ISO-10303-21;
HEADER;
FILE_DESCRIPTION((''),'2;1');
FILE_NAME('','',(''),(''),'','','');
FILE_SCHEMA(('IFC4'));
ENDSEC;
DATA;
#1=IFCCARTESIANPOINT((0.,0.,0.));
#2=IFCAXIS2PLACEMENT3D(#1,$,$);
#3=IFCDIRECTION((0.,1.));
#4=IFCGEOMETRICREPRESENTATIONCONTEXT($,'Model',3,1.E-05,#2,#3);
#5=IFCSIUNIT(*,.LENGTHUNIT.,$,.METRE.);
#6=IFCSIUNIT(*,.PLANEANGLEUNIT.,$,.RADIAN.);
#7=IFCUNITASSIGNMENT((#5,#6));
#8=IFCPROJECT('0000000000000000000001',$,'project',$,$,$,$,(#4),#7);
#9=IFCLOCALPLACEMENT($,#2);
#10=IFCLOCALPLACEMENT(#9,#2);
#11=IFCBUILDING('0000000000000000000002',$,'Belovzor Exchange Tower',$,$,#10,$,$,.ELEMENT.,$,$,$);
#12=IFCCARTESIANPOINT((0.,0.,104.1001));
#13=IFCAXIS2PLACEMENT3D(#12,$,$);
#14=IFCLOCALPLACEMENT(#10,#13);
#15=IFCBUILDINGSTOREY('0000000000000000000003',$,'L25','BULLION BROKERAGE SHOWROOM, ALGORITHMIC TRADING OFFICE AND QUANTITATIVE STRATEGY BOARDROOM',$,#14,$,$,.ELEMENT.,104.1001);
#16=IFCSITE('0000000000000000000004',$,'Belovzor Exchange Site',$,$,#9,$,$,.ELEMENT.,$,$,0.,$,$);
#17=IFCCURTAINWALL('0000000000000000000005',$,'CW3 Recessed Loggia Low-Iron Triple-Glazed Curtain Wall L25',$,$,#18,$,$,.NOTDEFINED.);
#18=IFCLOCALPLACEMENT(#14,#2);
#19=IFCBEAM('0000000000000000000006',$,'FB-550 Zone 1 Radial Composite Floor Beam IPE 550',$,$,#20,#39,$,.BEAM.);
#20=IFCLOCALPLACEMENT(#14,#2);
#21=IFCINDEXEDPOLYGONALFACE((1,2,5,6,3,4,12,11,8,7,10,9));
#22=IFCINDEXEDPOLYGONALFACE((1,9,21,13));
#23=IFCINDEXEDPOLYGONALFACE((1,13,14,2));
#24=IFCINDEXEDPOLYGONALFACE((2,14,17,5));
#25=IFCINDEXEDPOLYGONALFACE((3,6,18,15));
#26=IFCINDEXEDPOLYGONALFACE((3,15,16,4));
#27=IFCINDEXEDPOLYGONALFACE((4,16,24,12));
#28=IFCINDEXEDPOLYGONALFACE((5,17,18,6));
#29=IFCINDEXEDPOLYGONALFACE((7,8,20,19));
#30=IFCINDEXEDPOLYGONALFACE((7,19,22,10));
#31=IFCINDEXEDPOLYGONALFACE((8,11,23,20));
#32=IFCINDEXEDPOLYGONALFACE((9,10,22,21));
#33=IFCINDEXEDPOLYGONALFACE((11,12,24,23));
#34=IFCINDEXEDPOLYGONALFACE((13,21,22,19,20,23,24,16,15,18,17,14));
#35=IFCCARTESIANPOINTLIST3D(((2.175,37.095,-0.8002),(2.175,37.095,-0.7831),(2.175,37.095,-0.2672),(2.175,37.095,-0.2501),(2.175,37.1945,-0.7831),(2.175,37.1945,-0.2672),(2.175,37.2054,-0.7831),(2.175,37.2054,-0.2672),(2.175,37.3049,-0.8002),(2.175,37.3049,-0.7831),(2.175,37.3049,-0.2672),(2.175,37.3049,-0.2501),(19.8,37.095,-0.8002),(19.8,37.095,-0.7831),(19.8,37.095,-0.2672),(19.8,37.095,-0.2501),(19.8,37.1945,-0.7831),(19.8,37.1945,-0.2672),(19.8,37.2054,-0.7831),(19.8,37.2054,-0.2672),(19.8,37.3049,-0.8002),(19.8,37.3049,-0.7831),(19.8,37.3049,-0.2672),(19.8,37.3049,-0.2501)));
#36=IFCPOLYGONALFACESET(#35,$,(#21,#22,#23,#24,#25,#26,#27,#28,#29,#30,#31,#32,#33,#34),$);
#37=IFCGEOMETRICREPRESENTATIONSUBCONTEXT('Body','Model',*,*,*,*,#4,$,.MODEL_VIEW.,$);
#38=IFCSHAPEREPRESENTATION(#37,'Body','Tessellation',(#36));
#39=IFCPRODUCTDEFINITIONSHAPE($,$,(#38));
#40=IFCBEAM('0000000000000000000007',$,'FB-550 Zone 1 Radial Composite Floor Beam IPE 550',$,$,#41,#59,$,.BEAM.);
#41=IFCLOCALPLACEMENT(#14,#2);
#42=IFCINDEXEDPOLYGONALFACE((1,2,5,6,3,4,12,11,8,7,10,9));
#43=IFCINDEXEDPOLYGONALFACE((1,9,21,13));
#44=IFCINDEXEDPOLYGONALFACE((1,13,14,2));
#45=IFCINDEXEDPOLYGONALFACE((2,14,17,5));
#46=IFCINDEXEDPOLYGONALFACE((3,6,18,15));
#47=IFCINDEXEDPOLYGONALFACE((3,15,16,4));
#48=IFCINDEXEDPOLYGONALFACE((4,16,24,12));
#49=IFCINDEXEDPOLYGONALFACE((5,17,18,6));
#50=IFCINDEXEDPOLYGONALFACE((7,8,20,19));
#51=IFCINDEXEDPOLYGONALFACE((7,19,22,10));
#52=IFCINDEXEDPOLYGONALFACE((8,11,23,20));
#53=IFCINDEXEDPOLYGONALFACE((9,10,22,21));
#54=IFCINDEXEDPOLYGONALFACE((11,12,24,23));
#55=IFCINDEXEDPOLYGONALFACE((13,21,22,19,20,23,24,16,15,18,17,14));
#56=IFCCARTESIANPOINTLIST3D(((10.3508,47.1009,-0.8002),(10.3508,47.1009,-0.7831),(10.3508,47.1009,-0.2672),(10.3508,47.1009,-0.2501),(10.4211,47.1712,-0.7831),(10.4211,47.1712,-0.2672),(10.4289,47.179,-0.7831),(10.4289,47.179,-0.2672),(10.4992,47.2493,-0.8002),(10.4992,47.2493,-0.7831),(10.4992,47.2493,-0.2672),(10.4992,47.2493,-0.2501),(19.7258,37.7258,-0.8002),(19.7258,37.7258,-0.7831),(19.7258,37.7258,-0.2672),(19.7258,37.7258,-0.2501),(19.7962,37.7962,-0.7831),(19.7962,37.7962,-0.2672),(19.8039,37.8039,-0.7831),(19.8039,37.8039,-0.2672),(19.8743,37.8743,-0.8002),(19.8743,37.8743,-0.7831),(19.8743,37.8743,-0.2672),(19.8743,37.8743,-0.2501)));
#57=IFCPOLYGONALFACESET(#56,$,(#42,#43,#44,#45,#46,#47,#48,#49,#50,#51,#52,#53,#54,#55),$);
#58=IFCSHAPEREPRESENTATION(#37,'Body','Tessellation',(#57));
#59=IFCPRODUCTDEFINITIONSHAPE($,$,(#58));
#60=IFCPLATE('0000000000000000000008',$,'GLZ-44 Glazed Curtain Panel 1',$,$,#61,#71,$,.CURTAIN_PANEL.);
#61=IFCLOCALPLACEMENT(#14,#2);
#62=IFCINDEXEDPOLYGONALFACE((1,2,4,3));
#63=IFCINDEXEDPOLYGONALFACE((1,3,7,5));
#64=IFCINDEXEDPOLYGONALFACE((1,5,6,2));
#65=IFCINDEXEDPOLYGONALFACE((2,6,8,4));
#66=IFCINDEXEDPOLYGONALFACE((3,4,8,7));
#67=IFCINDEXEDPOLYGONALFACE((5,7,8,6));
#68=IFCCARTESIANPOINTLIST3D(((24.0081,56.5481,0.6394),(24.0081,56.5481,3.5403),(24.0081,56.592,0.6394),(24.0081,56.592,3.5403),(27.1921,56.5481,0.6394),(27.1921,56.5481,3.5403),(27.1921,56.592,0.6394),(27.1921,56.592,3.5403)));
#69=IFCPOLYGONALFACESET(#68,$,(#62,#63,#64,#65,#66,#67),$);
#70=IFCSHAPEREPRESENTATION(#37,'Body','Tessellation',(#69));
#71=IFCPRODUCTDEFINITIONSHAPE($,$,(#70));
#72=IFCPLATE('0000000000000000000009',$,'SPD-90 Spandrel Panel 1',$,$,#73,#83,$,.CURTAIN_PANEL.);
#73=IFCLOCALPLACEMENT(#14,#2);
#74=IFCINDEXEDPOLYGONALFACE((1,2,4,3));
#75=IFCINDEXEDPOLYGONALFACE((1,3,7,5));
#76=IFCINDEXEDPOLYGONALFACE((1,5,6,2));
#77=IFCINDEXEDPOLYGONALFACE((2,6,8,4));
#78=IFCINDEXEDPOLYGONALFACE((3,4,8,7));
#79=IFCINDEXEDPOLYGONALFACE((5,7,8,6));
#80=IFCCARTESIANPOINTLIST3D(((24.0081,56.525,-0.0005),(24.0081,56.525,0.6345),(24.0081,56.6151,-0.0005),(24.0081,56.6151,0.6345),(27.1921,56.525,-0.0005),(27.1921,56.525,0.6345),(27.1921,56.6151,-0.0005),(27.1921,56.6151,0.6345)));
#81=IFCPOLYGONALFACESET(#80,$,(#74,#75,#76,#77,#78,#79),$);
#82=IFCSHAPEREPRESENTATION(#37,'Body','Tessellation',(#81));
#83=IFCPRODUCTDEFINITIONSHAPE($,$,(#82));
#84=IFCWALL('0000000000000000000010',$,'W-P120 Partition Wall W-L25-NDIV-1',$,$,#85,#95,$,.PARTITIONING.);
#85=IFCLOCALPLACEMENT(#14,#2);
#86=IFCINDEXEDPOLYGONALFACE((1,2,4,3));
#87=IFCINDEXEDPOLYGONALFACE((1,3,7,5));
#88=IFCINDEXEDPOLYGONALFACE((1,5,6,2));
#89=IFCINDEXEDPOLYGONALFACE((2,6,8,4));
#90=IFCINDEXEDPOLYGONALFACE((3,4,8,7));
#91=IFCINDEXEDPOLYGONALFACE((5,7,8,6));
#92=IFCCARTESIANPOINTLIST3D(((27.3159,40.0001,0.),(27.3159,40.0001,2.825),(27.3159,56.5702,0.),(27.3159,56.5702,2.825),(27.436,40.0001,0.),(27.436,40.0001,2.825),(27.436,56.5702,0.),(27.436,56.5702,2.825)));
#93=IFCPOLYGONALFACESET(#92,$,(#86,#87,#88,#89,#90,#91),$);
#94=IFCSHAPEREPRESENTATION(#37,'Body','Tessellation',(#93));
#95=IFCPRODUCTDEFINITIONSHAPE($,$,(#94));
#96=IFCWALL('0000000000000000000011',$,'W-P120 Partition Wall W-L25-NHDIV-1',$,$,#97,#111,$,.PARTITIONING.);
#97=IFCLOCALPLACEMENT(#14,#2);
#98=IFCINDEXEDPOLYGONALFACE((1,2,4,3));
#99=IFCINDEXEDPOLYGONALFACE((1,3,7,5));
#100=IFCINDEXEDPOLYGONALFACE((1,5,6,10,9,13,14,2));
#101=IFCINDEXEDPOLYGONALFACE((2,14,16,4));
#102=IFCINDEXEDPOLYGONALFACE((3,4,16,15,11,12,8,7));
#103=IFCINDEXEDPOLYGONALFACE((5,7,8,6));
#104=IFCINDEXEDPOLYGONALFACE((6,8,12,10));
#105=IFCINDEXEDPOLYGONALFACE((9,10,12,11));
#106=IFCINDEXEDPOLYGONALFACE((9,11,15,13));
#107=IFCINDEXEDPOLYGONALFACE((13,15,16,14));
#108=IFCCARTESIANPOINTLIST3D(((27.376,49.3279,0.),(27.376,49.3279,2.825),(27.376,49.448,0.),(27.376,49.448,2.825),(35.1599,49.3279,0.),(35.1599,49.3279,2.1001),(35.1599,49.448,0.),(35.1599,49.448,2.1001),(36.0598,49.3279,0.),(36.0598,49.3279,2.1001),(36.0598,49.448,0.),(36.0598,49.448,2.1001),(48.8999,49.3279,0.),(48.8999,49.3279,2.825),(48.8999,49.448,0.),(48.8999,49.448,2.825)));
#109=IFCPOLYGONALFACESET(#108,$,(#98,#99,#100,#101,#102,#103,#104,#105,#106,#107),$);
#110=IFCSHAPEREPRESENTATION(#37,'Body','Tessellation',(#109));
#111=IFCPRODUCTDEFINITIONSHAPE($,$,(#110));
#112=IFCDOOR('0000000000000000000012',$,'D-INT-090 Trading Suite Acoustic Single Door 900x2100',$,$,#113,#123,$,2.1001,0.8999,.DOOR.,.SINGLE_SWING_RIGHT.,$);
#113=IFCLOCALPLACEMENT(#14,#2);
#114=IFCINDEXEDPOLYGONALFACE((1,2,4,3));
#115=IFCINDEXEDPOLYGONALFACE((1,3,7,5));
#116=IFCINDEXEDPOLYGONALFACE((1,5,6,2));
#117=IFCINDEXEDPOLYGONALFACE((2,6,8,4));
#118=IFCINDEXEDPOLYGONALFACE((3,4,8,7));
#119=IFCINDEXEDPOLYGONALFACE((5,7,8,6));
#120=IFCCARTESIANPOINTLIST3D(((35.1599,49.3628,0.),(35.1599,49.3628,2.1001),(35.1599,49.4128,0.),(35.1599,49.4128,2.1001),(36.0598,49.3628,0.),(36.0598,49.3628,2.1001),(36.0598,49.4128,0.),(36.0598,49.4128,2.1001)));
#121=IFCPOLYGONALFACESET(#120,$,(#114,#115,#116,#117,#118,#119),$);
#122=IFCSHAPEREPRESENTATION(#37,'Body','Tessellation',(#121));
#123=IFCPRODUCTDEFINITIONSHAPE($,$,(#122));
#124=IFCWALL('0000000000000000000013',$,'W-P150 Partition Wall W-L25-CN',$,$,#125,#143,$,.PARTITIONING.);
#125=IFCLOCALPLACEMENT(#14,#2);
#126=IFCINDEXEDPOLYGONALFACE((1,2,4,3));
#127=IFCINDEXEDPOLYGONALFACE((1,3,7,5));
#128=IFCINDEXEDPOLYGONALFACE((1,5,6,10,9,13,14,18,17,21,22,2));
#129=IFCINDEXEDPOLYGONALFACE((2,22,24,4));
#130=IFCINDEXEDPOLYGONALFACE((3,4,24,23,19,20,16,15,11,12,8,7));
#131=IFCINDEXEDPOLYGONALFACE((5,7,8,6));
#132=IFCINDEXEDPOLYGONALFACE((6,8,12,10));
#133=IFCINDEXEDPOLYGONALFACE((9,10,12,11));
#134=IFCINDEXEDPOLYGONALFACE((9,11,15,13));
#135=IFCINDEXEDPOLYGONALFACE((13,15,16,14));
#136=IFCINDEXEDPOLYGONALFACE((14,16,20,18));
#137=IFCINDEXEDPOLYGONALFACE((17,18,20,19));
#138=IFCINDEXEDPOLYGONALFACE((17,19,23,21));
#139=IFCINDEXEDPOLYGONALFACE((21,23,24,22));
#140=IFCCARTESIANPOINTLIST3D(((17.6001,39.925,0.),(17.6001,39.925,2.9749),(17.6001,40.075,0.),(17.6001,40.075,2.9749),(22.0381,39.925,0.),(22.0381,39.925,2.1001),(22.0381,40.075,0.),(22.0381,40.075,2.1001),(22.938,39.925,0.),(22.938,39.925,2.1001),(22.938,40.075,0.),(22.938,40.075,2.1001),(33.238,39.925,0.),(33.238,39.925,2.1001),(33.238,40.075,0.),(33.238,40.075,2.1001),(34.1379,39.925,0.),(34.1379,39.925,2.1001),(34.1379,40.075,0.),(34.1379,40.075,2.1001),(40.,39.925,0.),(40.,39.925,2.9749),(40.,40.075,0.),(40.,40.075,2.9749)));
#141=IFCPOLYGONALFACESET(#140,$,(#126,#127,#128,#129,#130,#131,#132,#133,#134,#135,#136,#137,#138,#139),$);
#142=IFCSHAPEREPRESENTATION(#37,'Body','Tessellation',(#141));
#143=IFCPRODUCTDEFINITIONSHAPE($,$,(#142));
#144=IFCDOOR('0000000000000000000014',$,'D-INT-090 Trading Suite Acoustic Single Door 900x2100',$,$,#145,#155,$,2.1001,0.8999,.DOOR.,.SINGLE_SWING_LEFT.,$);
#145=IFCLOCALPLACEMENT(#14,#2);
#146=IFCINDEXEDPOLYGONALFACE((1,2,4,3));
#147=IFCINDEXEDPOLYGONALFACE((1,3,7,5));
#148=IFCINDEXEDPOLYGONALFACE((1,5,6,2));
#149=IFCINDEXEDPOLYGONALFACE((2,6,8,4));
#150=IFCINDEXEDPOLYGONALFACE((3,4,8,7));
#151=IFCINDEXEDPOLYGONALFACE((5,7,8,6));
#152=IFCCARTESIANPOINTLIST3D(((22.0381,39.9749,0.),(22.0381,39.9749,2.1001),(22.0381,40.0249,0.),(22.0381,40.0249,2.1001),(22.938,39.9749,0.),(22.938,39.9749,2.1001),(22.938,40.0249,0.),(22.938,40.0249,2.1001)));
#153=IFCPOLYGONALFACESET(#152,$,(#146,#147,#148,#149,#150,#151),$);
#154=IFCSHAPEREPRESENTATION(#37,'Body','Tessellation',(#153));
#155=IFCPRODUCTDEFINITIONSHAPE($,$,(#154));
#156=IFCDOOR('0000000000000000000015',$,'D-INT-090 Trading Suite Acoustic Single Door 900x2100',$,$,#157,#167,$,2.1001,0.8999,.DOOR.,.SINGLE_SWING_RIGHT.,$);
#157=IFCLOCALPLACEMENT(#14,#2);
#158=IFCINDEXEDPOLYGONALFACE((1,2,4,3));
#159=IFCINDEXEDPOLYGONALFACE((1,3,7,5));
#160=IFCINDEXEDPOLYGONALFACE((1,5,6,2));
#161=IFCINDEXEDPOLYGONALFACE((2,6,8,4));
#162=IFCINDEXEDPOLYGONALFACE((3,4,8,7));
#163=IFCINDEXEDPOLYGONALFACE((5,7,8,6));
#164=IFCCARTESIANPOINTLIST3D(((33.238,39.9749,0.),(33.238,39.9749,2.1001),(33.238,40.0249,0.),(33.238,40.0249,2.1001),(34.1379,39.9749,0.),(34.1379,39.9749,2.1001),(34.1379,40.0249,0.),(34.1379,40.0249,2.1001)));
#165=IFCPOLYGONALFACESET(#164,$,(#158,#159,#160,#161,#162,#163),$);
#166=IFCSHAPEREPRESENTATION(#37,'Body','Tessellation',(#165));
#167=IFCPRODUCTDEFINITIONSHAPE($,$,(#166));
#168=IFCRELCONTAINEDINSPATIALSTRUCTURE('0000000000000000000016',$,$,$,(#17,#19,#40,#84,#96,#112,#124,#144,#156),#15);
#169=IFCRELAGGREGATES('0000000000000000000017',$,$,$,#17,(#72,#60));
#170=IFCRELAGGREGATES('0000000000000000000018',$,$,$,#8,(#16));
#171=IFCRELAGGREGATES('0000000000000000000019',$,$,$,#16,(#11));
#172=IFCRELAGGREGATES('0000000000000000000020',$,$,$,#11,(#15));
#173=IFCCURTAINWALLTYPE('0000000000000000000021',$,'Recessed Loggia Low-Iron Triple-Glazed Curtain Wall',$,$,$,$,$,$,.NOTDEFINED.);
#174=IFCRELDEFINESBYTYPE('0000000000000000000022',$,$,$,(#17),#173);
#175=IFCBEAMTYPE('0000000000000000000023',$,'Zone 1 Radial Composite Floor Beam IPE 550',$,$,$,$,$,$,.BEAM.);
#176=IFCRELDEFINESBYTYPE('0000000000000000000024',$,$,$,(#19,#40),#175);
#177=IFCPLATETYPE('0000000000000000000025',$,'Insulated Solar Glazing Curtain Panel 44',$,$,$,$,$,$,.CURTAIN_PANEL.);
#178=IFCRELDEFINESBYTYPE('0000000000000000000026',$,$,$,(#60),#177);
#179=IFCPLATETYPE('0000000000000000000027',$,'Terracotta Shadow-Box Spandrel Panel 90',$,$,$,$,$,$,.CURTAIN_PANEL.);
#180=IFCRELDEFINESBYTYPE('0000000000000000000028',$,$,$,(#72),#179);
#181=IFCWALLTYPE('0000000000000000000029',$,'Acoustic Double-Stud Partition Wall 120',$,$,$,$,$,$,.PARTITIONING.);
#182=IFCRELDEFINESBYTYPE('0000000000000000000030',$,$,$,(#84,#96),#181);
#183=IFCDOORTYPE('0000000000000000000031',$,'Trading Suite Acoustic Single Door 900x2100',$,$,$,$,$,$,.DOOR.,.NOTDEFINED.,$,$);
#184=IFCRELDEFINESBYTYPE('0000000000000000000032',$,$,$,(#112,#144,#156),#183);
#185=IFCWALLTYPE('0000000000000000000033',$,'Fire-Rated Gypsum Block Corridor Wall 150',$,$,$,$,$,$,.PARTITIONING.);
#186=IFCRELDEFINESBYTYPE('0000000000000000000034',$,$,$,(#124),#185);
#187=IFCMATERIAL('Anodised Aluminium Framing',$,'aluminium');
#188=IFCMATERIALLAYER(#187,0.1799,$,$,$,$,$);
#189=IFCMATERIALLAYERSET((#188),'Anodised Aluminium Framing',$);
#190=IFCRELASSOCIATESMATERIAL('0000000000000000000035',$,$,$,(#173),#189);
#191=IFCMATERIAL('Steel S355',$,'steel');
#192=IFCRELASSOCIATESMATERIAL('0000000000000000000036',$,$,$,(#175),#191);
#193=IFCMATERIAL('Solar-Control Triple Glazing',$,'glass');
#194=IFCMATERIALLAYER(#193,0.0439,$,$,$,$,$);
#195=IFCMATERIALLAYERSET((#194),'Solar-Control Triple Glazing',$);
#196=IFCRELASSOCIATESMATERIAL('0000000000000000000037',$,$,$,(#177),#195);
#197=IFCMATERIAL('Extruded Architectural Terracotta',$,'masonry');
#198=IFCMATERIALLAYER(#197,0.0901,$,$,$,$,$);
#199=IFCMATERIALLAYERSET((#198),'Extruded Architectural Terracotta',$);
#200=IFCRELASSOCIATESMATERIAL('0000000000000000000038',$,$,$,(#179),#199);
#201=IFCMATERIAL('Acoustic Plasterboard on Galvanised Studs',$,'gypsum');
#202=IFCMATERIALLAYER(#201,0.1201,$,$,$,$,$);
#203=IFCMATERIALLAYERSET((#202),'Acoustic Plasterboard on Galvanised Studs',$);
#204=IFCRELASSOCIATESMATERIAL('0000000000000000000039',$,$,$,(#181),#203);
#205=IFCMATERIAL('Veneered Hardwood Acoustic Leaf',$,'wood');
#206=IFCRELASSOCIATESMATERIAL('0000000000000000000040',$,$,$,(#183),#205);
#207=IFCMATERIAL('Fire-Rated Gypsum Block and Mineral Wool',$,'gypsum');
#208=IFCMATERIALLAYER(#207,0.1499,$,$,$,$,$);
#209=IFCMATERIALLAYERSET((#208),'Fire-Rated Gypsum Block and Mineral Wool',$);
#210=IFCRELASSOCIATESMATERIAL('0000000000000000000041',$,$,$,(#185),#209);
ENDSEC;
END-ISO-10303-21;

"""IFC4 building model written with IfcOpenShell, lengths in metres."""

from ifc_helpers import new_model, si_unit, direction, frame, frame_2d, origin, origin_2d, place, context, subcontext, project, spatial, rectangle, i_section, extrude, material, layer, layer_set, material_profile, profile_set, type_object, element, fill, aggregate, save


model = new_model("IFC4")

# Units and contexts
model_context = context("Model", 3, precision=1e-05, world=origin(), true_north=direction((0.0, 1.0)))
body_context = subcontext(model_context, "Body", "Model", "MODEL_VIEW")
ifc_project = project(units=[si_unit("LENGTHUNIT", "METRE"), si_unit("PLANEANGLEUNIT", "RADIAN")], contexts=[model_context])

# Site, building, storey
site_placement = place(None, origin())
site = spatial("IfcSite", under=ifc_project, at=site_placement, Name="Belovzor Exchange Site", CompositionType="ELEMENT", RefElevation=0.0)
building_placement = place(site_placement, origin())
building = spatial("IfcBuilding", under=site, at=building_placement, Name="Belovzor Exchange Tower", CompositionType="ELEMENT")
storey_placement = place(building_placement, frame((0.0, 0.0, 104.1001)))
storey = spatial("IfcBuildingStorey", under=building, at=storey_placement, Name="L25", Description="BULLION BROKERAGE SHOWROOM, ALGORITHMIC TRADING OFFICE AND QUANTITATIVE STRATEGY BOARDROOM", CompositionType="ELEMENT", Elevation=104.1001)

# Curtain wall
ifc_material_1 = material(Name="Anodised Aluminium Framing", Category="aluminium")
ifc_layer_1 = layer(ifc_material_1, 0.1799)
ifc_layer_set_1 = layer_set([ifc_layer_1], Name="Anodised Aluminium Framing")
curtain_wall_type = type_object("IfcCurtainWallType", Name="Recessed Loggia Low-Iron Triple-Glazed Curtain Wall", PredefinedType="NOTDEFINED", material=ifc_layer_set_1)
curtain_wall_placement = place(storey_placement, origin())
curtain_wall = element("IfcCurtainWall", 1, at=curtain_wall_placement, inside=storey, type_object=curtain_wall_type, Name="CW3 Recessed Loggia Low-Iron Triple-Glazed Curtain Wall L25", PredefinedType="NOTDEFINED")

# Beams
ifc_material_2 = material(Name="Steel S355", Category="steel")
ifc_material_profile_1 = material_profile(ifc_material_2, i_section(OverallWidth=0.21, OverallDepth=0.55, WebThickness=0.011, FlangeThickness=0.0171, at=origin_2d()))
ifc_profile_set_1 = profile_set([ifc_material_profile_1], Name="Steel S355")
beam_type_1 = type_object("IfcBeamType", Name="Zone 1 Radial Composite Floor Beam IPE 550", PredefinedType="BEAM", material=ifc_profile_set_1)
for number, where, z_axis, x_axis, name in (
    (2, (19.8, 37.2, -0.5251), (-1.0, 0.0, 0.0), (0.0, -1.0, 0.0), "FB-550 Zone 1 Radial Composite Floor Beam IPE 550"),
):
    element("IfcBeam", number, at=place(storey_placement, frame(where, z_axis=z_axis, x_axis=x_axis)), inside=storey, type_object=beam_type_1, Name=name, PredefinedType="BEAM", context=body_context, shape_type="SweptSolid", body=[
        extrude(i_section(OverallWidth=0.21, OverallDepth=0.55, WebThickness=0.011, FlangeThickness=0.0171, at=origin_2d()), origin(), (0.0, 0.0, 1.0), 17.625),
    ])
beam_1_placement = place(storey_placement, frame((19.8, 37.8, -0.5251), z_axis=(-0.707107, 0.707107, 0.0), x_axis=(-0.707107, -0.707107, 0.0)))
element("IfcBeam", 3, at=beam_1_placement, inside=storey, type_object=beam_type_1, Name="FB-550 Zone 1 Radial Composite Floor Beam IPE 550", PredefinedType="BEAM", context=body_context, shape_type="SweptSolid", body=[
    extrude(i_section(OverallWidth=0.21, OverallDepth=0.55, WebThickness=0.011, FlangeThickness=0.0171, at=origin_2d()), origin(), (0.0, 0.0, 1.0), 13.2583),
])

# Plates
ifc_material_3 = material(Name="Solar-Control Triple Glazing", Category="glass")
ifc_layer_2 = layer(ifc_material_3, 0.0439)
ifc_layer_set_2 = layer_set([ifc_layer_2], Name="Solar-Control Triple Glazing")
plate_type_1 = type_object("IfcPlateType", Name="Insulated Solar Glazing Curtain Panel 44", PredefinedType="CURTAIN_PANEL", material=ifc_layer_set_2)
plate_1_placement = place(storey_placement, frame((25.6001, 56.5701, 0.6394), z_axis=(0.0, 0.0, 1.0), x_axis=(1.0, 0.0, 0.0)))
plate_1 = element("IfcPlate", 4, at=plate_1_placement, type_object=plate_type_1, Name="GLZ-44 Glazed Curtain Panel 1", PredefinedType="CURTAIN_PANEL", context=body_context, shape_type="SweptSolid", body=[
    extrude(rectangle(XDim=3.1841, YDim=0.0439, at=origin_2d()), origin(), (0.0, 0.0, 1.0), 2.9009),
])
ifc_material_4 = material(Name="Extruded Architectural Terracotta", Category="masonry")
ifc_layer_3 = layer(ifc_material_4, 0.0901)
ifc_layer_set_3 = layer_set([ifc_layer_3], Name="Extruded Architectural Terracotta")
plate_type_2 = type_object("IfcPlateType", Name="Terracotta Shadow-Box Spandrel Panel 90", PredefinedType="CURTAIN_PANEL", material=ifc_layer_set_3)
plate_2_placement = place(storey_placement, frame((25.6001, 56.5701, -0.0005), z_axis=(0.0, 0.0, 1.0), x_axis=(1.0, 0.0, 0.0)))
plate_2 = element("IfcPlate", 5, at=plate_2_placement, type_object=plate_type_2, Name="SPD-90 Spandrel Panel 1", PredefinedType="CURTAIN_PANEL", context=body_context, shape_type="SweptSolid", body=[
    extrude(rectangle(XDim=3.1841, YDim=0.0901, at=origin_2d()), origin(), (0.0, 0.0, 1.0), 0.635),
])
aggregate(curtain_wall, [plate_2, plate_1])

# Wall
ifc_material_5 = material(Name="Acoustic Plasterboard on Galvanised Studs", Category="gypsum")
ifc_layer_4 = layer(ifc_material_5, 0.1201)
ifc_layer_set_4 = layer_set([ifc_layer_4], Name="Acoustic Plasterboard on Galvanised Studs")
wall_type_1 = type_object("IfcWallType", Name="Acoustic Double-Stud Partition Wall 120", PredefinedType="PARTITIONING", material=ifc_layer_set_4)
wall_1_placement = place(storey_placement, frame((27.376, 40.0, 0.0), z_axis=(0.0, 0.0, 1.0), x_axis=(0.0, 1.0, 0.0)))
element("IfcWall", 6, at=wall_1_placement, inside=storey, type_object=wall_type_1, Name="W-P120 Partition Wall W-L25-NDIV-1", PredefinedType="PARTITIONING", context=body_context, shape_type="SweptSolid", body=[
    extrude(rectangle(XDim=16.5701, YDim=0.1201, at=frame_2d((8.2852, 0.0))), origin(), (0.0, 0.0, 1.0), 2.825),
])

# Wall, opening, door
wall_2_placement = place(storey_placement, frame((27.376, 49.3879, 0.0), z_axis=(0.0, 0.0, 1.0), x_axis=(1.0, 0.0, 0.0)))
wall_2 = element("IfcWall", 7, at=wall_2_placement, inside=storey, type_object=wall_type_1, Name="W-P120 Partition Wall W-L25-NHDIV-1", PredefinedType="PARTITIONING", context=body_context, shape_type="SweptSolid", body=[
    extrude(rectangle(XDim=21.5239, YDim=0.1201, at=frame_2d((10.762, 0.0))), origin(), (0.0, 0.0, 1.0), 2.825),
])
opening_1_placement = place(wall_2_placement, frame((7.7839, 0.0, 0.0)))
opening_1 = element("IfcOpeningElement", 8, at=opening_1_placement, cuts=wall_2, PredefinedType="OPENING", context=body_context, shape_type="SweptSolid", body=[
    extrude(rectangle(XDim=0.8999, YDim=2.1001, at=frame_2d((0.45, 1.05))), frame((0.0, 0.0701, 0.0), z_axis=(0.0, -1.0, 0.0), x_axis=(1.0, 0.0, 0.0)), (0.0, 0.0, 1.0), 0.1401),
])
ifc_material_6 = material(Name="Veneered Hardwood Acoustic Leaf", Category="wood")
door_type_1 = type_object("IfcDoorType", Name="Trading Suite Acoustic Single Door 900x2100", OperationType="NOTDEFINED", PredefinedType="DOOR", material=ifc_material_6)
door_1_placement = place(opening_1_placement, origin())
door_1 = element("IfcDoor", 9, at=door_1_placement, inside=storey, type_object=door_type_1, Name="D-INT-090 Trading Suite Acoustic Single Door 900x2100", OperationType="SINGLE_SWING_RIGHT", OverallHeight=2.1001, OverallWidth=0.8999, PredefinedType="DOOR", context=body_context, shape_type="SweptSolid", body=[
    extrude(rectangle(XDim=0.8999, YDim=2.1001, at=frame_2d((0.45, 1.05))), frame((0.0, 0.0249, 0.0), z_axis=(0.0, -1.0, 0.0), x_axis=(1.0, 0.0, 0.0)), (0.0, 0.0, 1.0), 0.05),
])
fill(opening_1, door_1)

# Wall, openings, doors
ifc_material_7 = material(Name="Fire-Rated Gypsum Block and Mineral Wool", Category="gypsum")
ifc_layer_5 = layer(ifc_material_7, 0.1499)
ifc_layer_set_5 = layer_set([ifc_layer_5], Name="Fire-Rated Gypsum Block and Mineral Wool")
wall_type_2 = type_object("IfcWallType", Name="Fire-Rated Gypsum Block Corridor Wall 150", PredefinedType="PARTITIONING", material=ifc_layer_set_5)
wall_3_placement = place(storey_placement, frame((17.6001, 40.0, 0.0), z_axis=(0.0, 0.0, 1.0), x_axis=(1.0, 0.0, 0.0)))
wall_3 = element("IfcWall", 10, at=wall_3_placement, inside=storey, type_object=wall_type_2, Name="W-P150 Partition Wall W-L25-CN", PredefinedType="PARTITIONING", context=body_context, shape_type="SweptSolid", body=[
    extrude(rectangle(XDim=22.3999, YDim=0.1499, at=frame_2d((11.2, 0.0))), origin(), (0.0, 0.0, 1.0), 2.9749),
])
opening_2_placement = place(wall_3_placement, frame((4.438, 0.0, 0.0)))
opening_2 = element("IfcOpeningElement", 11, at=opening_2_placement, cuts=wall_3, PredefinedType="OPENING", context=body_context, shape_type="SweptSolid", body=[
    extrude(rectangle(XDim=0.8999, YDim=2.1001, at=frame_2d((0.45, 1.05))), frame((0.0, 0.085, 0.0), z_axis=(0.0, -1.0, 0.0), x_axis=(1.0, 0.0, 0.0)), (0.0, 0.0, 1.0), 0.1699),
])
opening_3_placement = place(wall_3_placement, frame((15.6379, 0.0, 0.0)))
opening_3 = element("IfcOpeningElement", 12, at=opening_3_placement, cuts=wall_3, PredefinedType="OPENING", context=body_context, shape_type="SweptSolid", body=[
    extrude(rectangle(XDim=0.8999, YDim=2.1001, at=frame_2d((0.45, 1.05))), frame((0.0, 0.085, 0.0), z_axis=(0.0, -1.0, 0.0), x_axis=(1.0, 0.0, 0.0)), (0.0, 0.0, 1.0), 0.1699),
])
door_2_placement = place(opening_2_placement, origin())
door_2 = element("IfcDoor", 13, at=door_2_placement, inside=storey, type_object=door_type_1, Name="D-INT-090 Trading Suite Acoustic Single Door 900x2100", OperationType="SINGLE_SWING_LEFT", OverallHeight=2.1001, OverallWidth=0.8999, PredefinedType="DOOR", context=body_context, shape_type="SweptSolid", body=[
    extrude(rectangle(XDim=0.8999, YDim=2.1001, at=frame_2d((0.45, 1.05))), frame((0.0, 0.0249, 0.0), z_axis=(0.0, -1.0, 0.0), x_axis=(1.0, 0.0, 0.0)), (0.0, 0.0, 1.0), 0.05),
])
fill(opening_2, door_2)
door_3_placement = place(opening_3_placement, origin())
door_3 = element("IfcDoor", 14, at=door_3_placement, inside=storey, type_object=door_type_1, Name="D-INT-090 Trading Suite Acoustic Single Door 900x2100", OperationType="SINGLE_SWING_RIGHT", OverallHeight=2.1001, OverallWidth=0.8999, PredefinedType="DOOR", context=body_context, shape_type="SweptSolid", body=[
    extrude(rectangle(XDim=0.8999, YDim=2.1001, at=frame_2d((0.45, 1.05))), frame((0.0, 0.0249, 0.0), z_axis=(0.0, -1.0, 0.0), x_axis=(1.0, 0.0, 0.0)), (0.0, 0.0, 1.0), 0.05),
])
fill(opening_3, door_3)

save(model, "model.ifc")
